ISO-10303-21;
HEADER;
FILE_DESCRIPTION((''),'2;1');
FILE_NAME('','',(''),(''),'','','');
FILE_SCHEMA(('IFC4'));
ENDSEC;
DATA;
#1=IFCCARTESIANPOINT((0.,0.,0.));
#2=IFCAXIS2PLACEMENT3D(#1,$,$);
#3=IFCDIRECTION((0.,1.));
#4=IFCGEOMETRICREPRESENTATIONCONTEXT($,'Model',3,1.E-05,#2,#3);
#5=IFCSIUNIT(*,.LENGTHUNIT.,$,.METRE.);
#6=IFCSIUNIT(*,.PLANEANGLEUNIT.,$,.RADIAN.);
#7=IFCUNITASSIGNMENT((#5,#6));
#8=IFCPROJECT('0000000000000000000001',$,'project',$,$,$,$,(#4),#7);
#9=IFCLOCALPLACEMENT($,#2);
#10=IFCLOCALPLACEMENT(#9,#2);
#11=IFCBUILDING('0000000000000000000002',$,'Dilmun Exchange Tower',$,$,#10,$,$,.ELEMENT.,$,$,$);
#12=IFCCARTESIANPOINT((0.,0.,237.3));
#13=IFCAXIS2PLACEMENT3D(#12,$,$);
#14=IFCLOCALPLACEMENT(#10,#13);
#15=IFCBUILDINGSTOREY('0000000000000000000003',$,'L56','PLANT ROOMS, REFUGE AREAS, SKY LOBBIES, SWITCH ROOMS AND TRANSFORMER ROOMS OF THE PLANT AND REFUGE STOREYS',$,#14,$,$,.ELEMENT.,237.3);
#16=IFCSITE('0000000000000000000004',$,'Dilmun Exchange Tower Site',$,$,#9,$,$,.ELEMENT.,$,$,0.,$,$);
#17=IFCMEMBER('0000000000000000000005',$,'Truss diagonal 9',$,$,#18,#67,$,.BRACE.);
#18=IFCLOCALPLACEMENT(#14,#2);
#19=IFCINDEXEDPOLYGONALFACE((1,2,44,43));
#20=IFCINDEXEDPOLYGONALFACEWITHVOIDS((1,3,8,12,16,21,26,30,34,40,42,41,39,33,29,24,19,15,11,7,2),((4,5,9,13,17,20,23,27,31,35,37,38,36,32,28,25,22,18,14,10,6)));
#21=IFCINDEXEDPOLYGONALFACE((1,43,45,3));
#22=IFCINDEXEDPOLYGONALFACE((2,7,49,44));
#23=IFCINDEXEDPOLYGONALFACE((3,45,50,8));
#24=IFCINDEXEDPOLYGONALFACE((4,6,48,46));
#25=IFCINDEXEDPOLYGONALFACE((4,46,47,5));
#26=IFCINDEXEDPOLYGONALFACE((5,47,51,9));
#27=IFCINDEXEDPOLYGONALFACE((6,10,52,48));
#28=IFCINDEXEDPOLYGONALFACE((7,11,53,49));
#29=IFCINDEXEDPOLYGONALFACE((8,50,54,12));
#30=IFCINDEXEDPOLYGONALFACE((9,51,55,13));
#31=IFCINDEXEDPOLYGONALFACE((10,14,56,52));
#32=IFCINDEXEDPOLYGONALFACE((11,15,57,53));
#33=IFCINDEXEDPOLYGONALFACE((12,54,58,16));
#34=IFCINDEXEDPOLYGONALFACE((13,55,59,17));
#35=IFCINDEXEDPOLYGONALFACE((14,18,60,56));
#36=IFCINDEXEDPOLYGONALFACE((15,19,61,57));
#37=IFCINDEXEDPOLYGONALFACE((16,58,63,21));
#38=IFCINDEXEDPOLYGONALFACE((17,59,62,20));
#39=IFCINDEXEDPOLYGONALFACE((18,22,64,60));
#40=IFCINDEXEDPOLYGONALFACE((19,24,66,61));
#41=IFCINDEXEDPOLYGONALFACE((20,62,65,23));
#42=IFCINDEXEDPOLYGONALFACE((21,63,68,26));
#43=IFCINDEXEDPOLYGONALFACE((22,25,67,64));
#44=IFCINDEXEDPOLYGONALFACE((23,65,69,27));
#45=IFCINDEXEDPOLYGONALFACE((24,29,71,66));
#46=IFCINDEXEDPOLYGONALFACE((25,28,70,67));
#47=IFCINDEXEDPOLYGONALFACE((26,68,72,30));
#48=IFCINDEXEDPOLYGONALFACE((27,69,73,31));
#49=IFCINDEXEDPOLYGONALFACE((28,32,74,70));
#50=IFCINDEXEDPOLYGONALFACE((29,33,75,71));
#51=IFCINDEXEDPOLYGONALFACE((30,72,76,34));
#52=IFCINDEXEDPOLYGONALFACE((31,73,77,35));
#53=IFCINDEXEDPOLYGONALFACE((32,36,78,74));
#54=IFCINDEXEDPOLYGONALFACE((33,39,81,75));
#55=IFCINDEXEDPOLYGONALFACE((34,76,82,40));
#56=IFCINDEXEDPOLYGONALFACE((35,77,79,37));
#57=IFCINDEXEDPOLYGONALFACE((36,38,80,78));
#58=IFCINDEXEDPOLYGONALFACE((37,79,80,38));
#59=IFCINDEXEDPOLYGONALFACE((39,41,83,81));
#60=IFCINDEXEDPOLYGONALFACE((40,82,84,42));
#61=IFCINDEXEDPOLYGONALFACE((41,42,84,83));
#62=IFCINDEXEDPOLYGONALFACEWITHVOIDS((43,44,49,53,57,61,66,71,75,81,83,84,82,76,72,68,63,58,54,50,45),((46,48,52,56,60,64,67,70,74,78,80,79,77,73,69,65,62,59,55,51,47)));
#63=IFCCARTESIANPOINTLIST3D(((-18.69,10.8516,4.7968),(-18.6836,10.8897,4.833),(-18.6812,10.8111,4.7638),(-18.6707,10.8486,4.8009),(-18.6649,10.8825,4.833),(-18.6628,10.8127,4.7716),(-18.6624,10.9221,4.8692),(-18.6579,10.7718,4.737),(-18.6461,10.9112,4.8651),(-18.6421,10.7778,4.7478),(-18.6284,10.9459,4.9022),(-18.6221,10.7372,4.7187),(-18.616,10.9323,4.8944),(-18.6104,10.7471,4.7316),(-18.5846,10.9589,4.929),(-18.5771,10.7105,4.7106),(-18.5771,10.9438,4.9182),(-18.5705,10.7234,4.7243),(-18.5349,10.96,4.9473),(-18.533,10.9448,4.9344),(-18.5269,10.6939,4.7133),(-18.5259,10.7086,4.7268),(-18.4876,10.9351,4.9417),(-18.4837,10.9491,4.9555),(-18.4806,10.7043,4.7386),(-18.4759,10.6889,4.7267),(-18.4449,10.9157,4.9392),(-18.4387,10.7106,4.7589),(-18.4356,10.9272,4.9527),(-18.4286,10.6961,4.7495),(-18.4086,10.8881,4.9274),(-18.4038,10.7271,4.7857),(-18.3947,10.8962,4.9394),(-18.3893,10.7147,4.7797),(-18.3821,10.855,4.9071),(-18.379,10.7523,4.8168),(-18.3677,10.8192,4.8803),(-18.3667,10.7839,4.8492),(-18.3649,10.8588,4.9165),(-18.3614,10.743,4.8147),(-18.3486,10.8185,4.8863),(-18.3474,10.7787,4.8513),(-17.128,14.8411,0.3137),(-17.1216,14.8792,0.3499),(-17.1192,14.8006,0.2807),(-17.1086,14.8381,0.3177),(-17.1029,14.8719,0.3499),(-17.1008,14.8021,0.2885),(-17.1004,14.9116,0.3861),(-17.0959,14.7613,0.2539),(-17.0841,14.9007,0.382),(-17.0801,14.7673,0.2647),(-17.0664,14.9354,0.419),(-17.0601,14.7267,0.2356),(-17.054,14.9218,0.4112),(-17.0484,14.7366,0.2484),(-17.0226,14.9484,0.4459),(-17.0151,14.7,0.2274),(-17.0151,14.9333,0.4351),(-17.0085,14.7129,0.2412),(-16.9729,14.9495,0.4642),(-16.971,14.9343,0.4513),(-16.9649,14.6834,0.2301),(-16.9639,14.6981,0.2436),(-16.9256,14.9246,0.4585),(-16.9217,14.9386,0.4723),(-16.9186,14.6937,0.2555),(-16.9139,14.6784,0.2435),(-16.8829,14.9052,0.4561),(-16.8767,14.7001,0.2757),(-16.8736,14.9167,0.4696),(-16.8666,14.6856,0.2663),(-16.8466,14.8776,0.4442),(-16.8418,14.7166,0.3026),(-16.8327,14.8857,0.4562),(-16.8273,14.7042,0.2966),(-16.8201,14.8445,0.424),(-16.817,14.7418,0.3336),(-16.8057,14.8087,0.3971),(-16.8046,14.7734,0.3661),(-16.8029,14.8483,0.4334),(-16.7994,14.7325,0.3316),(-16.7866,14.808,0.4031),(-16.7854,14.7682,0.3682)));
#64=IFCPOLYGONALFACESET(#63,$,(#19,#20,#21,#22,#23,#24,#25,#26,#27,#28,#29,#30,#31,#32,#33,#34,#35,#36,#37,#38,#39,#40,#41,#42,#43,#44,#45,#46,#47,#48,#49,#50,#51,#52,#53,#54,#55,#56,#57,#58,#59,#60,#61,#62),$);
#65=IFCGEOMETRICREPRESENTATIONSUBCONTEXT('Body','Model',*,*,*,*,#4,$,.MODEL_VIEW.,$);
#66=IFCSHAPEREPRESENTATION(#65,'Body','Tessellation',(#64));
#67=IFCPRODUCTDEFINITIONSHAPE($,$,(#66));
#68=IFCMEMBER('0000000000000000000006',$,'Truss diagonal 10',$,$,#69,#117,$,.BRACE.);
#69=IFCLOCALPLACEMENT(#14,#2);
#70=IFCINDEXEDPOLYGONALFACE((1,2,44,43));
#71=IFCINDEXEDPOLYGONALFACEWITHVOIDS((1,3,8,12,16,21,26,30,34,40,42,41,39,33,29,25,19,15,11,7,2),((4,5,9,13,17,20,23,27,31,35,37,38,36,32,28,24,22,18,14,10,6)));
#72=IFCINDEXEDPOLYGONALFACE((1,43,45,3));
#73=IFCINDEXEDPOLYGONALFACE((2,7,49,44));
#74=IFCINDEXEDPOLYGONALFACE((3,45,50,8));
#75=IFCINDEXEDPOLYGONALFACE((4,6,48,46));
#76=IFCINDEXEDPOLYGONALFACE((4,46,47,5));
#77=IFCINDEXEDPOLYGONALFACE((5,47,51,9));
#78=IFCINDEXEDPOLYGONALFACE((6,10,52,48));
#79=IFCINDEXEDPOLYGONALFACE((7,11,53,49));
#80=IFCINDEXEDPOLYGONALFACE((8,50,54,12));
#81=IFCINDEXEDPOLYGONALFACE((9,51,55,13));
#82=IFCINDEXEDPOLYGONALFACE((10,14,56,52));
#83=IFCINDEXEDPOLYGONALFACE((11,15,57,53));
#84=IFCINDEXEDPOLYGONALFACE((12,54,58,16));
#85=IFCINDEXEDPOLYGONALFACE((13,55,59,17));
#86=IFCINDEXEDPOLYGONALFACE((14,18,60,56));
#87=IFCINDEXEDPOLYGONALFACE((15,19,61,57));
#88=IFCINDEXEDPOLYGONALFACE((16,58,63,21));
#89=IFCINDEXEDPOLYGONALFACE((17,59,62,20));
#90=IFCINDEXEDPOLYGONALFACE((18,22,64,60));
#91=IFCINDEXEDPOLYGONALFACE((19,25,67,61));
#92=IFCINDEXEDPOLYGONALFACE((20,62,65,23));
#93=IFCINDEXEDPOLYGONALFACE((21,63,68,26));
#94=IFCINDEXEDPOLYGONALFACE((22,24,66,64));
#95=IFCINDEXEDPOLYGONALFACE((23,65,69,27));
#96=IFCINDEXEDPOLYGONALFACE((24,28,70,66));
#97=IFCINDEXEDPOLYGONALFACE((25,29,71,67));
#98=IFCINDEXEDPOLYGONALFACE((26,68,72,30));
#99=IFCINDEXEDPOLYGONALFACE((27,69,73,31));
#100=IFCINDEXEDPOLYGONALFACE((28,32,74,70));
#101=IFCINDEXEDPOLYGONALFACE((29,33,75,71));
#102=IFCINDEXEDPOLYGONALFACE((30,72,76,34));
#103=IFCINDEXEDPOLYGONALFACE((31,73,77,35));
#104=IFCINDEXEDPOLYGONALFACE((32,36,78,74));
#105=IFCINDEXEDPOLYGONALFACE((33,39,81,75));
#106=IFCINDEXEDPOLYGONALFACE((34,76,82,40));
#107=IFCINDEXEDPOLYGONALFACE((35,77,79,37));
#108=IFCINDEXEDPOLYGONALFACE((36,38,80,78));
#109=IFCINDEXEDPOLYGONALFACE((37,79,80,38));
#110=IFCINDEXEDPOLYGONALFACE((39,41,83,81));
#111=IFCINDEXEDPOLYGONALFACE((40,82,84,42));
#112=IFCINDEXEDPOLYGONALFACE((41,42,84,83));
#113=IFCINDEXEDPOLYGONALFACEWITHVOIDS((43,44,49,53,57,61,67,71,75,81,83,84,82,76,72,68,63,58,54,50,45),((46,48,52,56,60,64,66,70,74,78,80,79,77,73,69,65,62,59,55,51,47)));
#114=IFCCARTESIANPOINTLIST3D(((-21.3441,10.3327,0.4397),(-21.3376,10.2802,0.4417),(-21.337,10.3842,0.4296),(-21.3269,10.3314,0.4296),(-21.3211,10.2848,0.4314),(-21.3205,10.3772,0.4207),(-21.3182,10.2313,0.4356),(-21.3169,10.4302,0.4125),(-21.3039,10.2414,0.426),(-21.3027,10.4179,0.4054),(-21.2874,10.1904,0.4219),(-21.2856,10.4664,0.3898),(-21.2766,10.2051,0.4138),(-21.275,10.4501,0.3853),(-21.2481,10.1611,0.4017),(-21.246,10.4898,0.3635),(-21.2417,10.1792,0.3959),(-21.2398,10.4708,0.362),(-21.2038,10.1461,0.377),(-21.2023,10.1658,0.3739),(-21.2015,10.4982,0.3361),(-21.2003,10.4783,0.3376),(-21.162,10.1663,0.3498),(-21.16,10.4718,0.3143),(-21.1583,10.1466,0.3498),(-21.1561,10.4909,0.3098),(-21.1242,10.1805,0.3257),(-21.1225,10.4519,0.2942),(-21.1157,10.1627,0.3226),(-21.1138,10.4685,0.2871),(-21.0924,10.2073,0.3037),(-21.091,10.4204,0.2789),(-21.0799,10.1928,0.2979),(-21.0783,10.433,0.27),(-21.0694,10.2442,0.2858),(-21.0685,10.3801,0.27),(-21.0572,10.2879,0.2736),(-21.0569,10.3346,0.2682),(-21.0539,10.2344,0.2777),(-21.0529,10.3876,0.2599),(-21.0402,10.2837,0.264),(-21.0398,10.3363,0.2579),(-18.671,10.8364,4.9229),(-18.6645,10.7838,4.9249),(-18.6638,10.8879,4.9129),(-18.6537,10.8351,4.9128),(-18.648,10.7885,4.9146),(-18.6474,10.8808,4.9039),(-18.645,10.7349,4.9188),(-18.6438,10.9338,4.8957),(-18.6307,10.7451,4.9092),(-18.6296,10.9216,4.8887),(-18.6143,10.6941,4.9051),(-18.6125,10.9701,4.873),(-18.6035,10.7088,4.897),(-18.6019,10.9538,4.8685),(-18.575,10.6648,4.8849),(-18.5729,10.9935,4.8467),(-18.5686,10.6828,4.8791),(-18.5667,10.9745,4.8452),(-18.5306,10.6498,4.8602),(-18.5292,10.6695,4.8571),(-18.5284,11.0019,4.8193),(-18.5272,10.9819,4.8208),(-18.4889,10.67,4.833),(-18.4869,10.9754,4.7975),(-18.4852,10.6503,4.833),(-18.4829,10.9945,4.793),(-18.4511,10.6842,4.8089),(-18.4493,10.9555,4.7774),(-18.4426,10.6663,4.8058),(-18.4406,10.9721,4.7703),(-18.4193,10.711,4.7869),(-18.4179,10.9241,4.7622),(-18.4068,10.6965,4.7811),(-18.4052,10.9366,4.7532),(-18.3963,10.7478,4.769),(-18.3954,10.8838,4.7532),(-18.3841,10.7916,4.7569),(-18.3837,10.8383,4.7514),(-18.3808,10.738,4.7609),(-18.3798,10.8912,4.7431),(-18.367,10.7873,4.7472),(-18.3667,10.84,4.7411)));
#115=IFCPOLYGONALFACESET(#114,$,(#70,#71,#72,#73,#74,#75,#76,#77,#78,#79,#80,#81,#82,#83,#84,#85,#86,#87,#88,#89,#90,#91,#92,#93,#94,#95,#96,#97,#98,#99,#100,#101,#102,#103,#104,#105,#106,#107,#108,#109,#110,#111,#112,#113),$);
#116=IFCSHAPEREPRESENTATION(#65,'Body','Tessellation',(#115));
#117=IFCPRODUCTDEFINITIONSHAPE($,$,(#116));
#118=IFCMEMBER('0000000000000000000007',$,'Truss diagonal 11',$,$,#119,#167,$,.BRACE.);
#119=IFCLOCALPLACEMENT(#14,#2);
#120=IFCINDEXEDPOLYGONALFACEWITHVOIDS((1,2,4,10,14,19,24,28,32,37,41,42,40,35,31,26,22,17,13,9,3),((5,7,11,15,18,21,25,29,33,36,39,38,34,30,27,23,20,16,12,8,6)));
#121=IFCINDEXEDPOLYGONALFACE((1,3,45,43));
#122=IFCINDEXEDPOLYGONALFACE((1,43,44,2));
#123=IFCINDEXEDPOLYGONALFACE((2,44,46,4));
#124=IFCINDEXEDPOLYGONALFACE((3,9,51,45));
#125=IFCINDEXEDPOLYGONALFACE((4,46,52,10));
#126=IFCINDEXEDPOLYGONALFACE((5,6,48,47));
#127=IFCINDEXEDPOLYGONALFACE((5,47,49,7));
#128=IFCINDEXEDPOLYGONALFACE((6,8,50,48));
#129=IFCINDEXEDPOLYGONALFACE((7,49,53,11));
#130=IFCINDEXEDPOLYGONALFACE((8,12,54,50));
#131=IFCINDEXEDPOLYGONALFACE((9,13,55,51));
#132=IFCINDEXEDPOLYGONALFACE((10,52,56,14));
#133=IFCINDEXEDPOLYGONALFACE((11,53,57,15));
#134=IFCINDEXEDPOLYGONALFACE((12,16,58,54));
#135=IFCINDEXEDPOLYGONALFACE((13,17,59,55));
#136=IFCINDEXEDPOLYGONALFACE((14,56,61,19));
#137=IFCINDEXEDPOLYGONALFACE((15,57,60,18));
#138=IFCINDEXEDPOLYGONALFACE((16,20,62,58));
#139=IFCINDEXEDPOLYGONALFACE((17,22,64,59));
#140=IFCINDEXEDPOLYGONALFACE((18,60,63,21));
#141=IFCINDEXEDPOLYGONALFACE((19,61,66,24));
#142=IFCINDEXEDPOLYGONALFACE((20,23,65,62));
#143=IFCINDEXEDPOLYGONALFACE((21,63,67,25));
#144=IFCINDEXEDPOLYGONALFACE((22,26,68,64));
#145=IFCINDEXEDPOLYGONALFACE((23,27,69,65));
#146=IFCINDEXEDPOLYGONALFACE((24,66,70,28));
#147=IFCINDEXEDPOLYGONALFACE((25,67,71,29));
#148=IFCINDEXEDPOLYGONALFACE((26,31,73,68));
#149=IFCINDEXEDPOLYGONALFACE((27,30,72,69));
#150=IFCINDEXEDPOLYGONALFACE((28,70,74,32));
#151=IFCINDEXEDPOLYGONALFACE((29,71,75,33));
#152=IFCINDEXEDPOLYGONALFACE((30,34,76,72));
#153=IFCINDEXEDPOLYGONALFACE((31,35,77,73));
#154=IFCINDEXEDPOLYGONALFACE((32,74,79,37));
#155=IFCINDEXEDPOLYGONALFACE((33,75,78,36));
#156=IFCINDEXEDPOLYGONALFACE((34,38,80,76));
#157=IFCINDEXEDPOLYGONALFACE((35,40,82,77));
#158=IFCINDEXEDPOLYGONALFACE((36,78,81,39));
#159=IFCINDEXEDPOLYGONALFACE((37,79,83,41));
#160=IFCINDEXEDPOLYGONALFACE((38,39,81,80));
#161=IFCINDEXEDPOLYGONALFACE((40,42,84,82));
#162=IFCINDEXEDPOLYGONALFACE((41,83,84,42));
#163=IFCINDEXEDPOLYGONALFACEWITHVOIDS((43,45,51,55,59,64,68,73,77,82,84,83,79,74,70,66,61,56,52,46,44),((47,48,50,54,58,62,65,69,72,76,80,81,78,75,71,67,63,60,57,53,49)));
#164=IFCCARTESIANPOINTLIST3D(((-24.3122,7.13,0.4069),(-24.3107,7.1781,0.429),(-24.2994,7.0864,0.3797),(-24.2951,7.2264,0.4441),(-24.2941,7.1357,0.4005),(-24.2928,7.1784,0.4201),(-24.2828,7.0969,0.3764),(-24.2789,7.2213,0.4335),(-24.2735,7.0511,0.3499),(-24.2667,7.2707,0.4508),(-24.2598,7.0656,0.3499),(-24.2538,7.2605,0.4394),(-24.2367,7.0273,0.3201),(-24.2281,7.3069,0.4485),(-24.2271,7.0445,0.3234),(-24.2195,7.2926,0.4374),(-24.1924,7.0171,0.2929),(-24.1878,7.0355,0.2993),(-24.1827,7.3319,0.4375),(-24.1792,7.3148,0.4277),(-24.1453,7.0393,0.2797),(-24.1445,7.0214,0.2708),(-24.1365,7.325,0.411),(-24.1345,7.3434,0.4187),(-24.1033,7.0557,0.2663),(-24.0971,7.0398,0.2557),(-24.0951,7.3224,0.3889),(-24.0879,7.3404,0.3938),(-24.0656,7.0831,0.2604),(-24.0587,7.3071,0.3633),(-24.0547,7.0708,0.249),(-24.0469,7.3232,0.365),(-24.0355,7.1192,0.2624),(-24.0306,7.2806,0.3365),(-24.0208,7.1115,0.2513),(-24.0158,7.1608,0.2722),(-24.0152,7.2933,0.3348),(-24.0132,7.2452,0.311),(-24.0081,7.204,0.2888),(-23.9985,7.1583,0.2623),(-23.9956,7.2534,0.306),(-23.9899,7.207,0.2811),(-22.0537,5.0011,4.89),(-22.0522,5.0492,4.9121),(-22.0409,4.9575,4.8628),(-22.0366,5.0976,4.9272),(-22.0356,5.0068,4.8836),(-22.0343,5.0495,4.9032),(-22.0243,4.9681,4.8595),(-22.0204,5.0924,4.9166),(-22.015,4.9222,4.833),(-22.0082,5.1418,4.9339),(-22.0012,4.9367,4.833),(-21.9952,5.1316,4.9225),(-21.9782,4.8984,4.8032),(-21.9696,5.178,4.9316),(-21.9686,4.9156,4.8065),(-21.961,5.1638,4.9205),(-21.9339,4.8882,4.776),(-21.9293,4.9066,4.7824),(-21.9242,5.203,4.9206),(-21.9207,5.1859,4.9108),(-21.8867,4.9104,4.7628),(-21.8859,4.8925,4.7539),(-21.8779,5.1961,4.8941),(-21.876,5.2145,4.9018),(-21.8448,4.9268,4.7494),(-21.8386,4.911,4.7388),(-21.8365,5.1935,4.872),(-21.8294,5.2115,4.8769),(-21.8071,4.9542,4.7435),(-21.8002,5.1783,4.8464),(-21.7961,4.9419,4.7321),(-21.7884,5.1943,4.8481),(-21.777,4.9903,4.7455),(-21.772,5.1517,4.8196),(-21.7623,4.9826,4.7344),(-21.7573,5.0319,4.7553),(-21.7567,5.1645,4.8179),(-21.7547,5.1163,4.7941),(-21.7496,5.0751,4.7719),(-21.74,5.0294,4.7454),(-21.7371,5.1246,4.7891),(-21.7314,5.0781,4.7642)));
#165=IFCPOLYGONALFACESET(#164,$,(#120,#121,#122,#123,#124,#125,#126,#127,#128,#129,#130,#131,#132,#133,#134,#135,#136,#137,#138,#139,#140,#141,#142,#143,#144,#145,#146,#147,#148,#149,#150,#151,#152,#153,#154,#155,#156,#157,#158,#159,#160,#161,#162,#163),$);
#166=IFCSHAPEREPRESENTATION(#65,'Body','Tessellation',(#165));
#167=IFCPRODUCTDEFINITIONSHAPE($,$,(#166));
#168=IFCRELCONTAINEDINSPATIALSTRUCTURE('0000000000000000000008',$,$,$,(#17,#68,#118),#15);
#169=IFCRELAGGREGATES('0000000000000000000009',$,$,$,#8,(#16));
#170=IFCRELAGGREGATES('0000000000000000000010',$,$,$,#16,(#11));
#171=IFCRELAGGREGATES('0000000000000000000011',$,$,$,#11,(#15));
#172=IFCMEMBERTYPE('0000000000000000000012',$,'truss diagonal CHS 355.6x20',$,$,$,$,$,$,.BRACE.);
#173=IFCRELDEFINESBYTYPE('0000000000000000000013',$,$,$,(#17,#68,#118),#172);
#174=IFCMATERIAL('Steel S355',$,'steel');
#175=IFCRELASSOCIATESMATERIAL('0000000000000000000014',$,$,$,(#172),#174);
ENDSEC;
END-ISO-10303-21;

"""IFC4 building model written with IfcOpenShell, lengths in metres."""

from ifc_helpers import new_model, si_unit, direction, frame, origin, origin_2d, place, context, subcontext, project, spatial, hollow_circle, extrude, material, material_profile, profile_set, type_object, element, save


model = new_model("IFC4")

# Units and contexts
model_context = context("Model", 3, precision=1e-05, world=origin(), true_north=direction((0.0, 1.0)))
body_context = subcontext(model_context, "Body", "Model", "MODEL_VIEW")
ifc_project = project(units=[si_unit("LENGTHUNIT", "METRE"), si_unit("PLANEANGLEUNIT", "RADIAN")], contexts=[model_context])

# Site, building, storey
site_placement = place(None, origin())
site = spatial("IfcSite", under=ifc_project, at=site_placement, Name="Dilmun Exchange Tower Site", CompositionType="ELEMENT", RefElevation=0.0)
building_placement = place(site_placement, origin())
building = spatial("IfcBuilding", under=site, at=building_placement, Name="Dilmun Exchange Tower", CompositionType="ELEMENT")
storey_placement = place(building_placement, frame((0.0, 0.0, 237.3)))
storey = spatial("IfcBuildingStorey", under=building, at=storey_placement, Name="L56", Description="PLANT ROOMS, REFUGE AREAS, SKY LOBBIES, SWITCH ROOMS AND TRANSFORMER ROOMS OF THE PLANT AND REFUGE STOREYS", CompositionType="ELEMENT", Elevation=237.3)

# Shared definitions
ifc_material_1 = material(Name="Steel S355", Category="steel")

# Members
ifc_material_profile_1 = material_profile(ifc_material_1, hollow_circle(Radius=0.1777, WallThickness=0.02, at=origin_2d()), Name="CHS 355.6x20")
ifc_profile_set_1 = profile_set([ifc_material_profile_1], Name="Steel S355")
member_type_1 = type_object("IfcMemberType", Name="truss diagonal CHS 355.6x20", PredefinedType="BRACE", material=ifc_profile_set_1)
member_1_placement = place(storey_placement, frame((-18.5181, 10.825, 4.833), z_axis=(0.251889, 0.643345, -0.722951), x_axis=(-0.931171, 0.364582, 0.0)))
element("IfcMember", 1, at=member_1_placement, inside=storey, type_object=member_type_1, Name="Truss diagonal 9", PredefinedType="BRACE", context=body_context, shape_type="SweptSolid", body=[
    extrude(hollow_circle(Radius=0.1777, WallThickness=0.02, at=origin_2d()), origin(), (0.0, 0.0, 1.0), 6.2012),
])
member_2_placement = place(storey_placement, frame((-18.5181, 10.825, 4.833), z_axis=(-0.50976, -0.096048, -0.854938), x_axis=(0.185161, -0.982708, 0.0)))
element("IfcMember", 2, at=member_2_placement, inside=storey, type_object=member_type_1, Name="Truss diagonal 10", PredefinedType="BRACE", context=body_context, shape_type="SweptSolid", body=[
    extrude(hollow_circle(Radius=0.1777, WallThickness=0.02, at=origin_2d()), origin(), (0.0, 0.0, 1.0), 5.2439),
])
member_3_placement = place(storey_placement, frame((-21.8931, 5.0515, 4.833), z_axis=(-0.414207, 0.390432, -0.82219), x_axis=(-0.685914, -0.727683, 0.0)))
element("IfcMember", 3, at=member_3_placement, inside=storey, type_object=member_type_1, Name="Truss diagonal 11", PredefinedType="BRACE", context=body_context, shape_type="SweptSolid", body=[
    extrude(hollow_circle(Radius=0.1777, WallThickness=0.02, at=origin_2d()), origin(), (0.0, 0.0, 1.0), 5.4526),
])

save(model, "model.ifc")
